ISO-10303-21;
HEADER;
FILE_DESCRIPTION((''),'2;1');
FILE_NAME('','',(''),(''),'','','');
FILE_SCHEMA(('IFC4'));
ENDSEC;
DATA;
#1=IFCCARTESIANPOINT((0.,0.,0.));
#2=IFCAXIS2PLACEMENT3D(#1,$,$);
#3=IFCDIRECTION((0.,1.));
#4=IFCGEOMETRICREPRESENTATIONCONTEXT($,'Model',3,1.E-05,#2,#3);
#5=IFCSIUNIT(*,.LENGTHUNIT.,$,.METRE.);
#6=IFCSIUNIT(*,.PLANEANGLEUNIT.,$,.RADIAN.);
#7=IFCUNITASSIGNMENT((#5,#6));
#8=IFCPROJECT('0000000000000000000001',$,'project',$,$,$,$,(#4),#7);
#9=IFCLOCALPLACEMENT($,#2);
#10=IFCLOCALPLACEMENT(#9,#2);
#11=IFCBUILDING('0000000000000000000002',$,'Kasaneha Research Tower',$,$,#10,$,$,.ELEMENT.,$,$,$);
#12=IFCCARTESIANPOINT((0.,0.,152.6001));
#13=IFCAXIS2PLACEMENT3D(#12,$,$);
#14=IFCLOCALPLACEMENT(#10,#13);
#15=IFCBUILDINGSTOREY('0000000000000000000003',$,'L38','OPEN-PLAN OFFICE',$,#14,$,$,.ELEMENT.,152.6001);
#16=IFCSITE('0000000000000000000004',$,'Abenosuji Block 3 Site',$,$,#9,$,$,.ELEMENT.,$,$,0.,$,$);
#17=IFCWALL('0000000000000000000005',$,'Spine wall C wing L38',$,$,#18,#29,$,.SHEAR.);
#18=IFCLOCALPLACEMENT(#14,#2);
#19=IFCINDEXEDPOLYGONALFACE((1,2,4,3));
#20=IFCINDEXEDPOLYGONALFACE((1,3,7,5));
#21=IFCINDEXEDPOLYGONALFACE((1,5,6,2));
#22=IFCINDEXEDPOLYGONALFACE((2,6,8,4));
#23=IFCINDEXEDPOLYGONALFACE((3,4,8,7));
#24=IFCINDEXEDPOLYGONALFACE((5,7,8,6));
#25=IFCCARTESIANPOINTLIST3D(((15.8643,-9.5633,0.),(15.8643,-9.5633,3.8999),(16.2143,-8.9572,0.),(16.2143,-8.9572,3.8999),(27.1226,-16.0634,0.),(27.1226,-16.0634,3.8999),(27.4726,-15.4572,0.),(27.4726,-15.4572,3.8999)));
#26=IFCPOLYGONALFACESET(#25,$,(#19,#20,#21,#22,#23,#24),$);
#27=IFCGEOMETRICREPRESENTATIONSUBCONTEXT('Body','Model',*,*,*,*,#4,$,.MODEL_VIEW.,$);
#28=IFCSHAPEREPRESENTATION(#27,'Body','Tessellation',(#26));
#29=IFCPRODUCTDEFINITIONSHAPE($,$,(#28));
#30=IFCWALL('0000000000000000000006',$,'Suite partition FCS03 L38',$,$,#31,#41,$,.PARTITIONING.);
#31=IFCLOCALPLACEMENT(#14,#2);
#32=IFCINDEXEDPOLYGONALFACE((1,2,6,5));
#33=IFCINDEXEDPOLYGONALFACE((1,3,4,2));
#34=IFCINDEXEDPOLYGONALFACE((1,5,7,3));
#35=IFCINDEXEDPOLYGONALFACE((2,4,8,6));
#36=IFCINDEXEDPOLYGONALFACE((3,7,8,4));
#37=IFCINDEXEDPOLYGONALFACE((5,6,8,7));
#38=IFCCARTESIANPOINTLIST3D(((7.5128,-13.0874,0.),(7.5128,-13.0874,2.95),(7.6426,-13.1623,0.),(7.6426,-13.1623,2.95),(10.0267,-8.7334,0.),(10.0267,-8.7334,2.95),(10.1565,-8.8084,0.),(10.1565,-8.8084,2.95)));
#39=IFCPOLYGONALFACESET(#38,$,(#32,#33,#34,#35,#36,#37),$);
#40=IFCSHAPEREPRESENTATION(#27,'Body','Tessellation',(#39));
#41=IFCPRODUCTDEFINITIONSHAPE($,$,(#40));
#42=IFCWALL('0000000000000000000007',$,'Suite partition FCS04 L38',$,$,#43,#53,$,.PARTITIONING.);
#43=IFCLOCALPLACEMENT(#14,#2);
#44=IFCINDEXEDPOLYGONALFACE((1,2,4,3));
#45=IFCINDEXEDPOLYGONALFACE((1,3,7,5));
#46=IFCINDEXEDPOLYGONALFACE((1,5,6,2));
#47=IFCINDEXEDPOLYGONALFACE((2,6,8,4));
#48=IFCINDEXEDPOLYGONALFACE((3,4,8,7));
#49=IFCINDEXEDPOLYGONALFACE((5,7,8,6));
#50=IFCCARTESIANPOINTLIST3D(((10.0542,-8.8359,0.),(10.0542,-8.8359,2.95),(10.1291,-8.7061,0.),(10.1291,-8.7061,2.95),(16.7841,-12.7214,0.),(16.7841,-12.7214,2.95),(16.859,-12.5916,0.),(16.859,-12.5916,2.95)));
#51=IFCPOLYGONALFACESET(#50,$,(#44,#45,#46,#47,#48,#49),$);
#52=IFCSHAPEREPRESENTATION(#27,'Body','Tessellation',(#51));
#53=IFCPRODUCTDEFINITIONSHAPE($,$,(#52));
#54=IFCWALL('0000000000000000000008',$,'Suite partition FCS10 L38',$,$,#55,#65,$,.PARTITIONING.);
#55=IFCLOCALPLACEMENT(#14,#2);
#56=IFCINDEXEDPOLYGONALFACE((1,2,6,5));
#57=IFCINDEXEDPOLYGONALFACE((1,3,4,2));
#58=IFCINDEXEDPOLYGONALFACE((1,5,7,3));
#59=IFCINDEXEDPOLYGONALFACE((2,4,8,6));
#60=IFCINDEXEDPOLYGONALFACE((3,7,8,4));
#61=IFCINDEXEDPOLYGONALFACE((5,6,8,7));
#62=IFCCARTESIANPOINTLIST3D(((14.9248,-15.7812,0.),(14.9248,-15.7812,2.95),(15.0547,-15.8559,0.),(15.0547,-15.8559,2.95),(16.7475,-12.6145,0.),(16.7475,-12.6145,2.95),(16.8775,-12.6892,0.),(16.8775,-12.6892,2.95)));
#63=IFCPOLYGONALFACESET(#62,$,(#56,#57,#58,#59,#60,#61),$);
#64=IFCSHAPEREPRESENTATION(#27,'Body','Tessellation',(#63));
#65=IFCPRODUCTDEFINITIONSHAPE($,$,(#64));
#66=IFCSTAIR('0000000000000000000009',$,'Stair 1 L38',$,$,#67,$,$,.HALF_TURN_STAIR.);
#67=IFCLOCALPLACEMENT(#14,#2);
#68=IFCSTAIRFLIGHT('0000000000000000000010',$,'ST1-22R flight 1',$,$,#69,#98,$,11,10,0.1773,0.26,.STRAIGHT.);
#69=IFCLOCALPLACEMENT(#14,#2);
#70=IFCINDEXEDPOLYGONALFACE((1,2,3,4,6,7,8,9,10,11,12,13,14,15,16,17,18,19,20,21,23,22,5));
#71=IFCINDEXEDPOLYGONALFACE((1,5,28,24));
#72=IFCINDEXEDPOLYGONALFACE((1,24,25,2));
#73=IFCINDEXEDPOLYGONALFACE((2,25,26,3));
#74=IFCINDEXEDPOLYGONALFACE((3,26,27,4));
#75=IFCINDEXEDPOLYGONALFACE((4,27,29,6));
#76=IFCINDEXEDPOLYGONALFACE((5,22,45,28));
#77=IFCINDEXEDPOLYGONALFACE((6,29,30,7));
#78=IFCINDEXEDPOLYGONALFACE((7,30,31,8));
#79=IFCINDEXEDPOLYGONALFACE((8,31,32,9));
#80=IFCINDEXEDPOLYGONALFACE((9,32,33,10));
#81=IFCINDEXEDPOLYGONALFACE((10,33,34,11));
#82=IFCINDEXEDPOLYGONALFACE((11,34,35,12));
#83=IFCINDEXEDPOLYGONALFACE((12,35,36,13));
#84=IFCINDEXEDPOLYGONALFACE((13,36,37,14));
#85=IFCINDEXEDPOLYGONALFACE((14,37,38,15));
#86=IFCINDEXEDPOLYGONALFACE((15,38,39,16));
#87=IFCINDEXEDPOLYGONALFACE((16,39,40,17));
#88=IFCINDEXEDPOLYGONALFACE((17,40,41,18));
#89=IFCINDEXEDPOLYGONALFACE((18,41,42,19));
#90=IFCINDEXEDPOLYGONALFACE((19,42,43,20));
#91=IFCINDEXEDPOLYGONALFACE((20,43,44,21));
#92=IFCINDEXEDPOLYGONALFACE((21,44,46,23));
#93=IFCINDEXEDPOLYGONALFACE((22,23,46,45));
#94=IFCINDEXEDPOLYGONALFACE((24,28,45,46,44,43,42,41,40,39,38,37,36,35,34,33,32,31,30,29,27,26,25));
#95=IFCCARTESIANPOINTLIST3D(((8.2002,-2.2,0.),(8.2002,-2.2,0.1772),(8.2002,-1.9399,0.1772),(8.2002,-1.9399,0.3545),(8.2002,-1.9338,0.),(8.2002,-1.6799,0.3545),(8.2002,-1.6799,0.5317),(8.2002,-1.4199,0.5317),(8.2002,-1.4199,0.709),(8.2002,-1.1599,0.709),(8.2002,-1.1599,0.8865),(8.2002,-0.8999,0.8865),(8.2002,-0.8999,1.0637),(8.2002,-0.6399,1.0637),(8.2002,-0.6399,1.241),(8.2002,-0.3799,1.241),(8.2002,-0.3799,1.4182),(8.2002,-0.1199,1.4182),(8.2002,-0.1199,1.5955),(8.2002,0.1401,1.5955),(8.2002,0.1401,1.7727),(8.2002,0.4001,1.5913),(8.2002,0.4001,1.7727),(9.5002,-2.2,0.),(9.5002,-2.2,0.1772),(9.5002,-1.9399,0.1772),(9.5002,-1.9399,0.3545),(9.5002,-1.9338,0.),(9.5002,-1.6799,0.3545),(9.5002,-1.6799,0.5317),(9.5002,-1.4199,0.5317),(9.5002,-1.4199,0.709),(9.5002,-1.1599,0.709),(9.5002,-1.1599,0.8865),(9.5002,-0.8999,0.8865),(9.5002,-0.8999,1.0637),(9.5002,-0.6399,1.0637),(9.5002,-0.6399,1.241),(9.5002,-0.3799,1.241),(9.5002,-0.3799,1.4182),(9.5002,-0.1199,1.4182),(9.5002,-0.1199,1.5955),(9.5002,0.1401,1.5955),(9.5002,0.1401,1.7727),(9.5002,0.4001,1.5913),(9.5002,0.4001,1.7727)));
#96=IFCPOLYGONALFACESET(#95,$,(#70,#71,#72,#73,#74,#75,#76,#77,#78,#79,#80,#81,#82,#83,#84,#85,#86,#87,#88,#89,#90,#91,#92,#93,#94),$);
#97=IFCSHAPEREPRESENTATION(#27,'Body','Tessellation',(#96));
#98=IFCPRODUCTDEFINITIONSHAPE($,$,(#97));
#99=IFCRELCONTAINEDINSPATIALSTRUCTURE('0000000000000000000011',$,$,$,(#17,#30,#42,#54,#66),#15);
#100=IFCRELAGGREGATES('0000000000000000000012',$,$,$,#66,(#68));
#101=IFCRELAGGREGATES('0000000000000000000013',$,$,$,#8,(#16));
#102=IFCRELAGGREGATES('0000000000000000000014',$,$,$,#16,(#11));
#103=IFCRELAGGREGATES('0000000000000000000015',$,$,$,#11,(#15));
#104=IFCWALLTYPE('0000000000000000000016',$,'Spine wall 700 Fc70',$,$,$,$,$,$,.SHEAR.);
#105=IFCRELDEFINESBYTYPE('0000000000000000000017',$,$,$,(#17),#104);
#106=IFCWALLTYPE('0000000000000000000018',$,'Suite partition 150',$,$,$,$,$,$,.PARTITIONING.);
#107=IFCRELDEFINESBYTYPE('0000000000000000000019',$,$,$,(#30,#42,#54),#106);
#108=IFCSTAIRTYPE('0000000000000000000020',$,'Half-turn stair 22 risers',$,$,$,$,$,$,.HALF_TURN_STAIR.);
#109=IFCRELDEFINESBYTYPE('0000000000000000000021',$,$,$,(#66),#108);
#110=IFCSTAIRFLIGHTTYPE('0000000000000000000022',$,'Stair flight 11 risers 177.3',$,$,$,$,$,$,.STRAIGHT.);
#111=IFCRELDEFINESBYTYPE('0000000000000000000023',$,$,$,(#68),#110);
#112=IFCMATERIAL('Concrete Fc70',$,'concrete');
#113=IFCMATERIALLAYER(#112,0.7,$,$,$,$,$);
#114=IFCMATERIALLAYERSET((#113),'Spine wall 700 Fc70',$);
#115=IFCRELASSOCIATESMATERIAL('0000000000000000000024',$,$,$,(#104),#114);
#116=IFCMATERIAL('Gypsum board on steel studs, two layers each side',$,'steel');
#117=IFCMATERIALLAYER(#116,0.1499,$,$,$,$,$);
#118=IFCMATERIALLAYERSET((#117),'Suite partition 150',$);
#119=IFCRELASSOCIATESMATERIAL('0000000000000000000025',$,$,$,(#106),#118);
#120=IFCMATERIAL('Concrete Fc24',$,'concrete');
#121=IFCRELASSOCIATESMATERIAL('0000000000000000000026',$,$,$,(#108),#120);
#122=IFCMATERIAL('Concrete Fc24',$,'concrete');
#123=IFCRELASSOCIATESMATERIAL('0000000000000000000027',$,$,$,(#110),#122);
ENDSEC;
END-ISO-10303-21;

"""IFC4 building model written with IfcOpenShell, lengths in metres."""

from ifc_helpers import new_model, si_unit, direction, frame, frame_2d, origin, place, context, subcontext, project, spatial, polyline, rectangle, outline, extrude, material, layer, layer_set, type_object, element, aggregate, save


model = new_model("IFC4")

# Units and contexts
model_context = context("Model", 3, precision=1e-05, world=origin(), true_north=direction((0.0, 1.0)))
body_context = subcontext(model_context, "Body", "Model", "MODEL_VIEW")
ifc_project = project(units=[si_unit("LENGTHUNIT", "METRE"), si_unit("PLANEANGLEUNIT", "RADIAN")], contexts=[model_context])

# Site, building, storey
site_placement = place(None, origin())
site = spatial("IfcSite", under=ifc_project, at=site_placement, Name="Abenosuji Block 3 Site", CompositionType="ELEMENT", RefElevation=0.0)
building_placement = place(site_placement, origin())
building = spatial("IfcBuilding", under=site, at=building_placement, Name="Kasaneha Research Tower", CompositionType="ELEMENT")
storey_placement = place(building_placement, frame((0.0, 0.0, 152.6001)))
storey = spatial("IfcBuildingStorey", under=building, at=storey_placement, Name="L38", Description="OPEN-PLAN OFFICE", CompositionType="ELEMENT", Elevation=152.6001)

# Shared definitions
ifc_material_1 = material(Name="Concrete Fc70", Category="concrete")
ifc_layer_1 = layer(ifc_material_1, 0.7)
ifc_layer_set_1 = layer_set([ifc_layer_1], Name="Spine wall 700 Fc70")
wall_type_1 = type_object("IfcWallType", Name="Spine wall 700 Fc70", PredefinedType="SHEAR", material=ifc_layer_set_1)

# Walls
wall_1_placement = place(storey_placement, frame((16.0393, -9.2603, 0.0), z_axis=(0.0, 0.0, 1.0), x_axis=(0.866025, -0.500001, 0.0)))
element("IfcWall", 1, at=wall_1_placement, inside=storey, type_object=wall_type_1, Name="Spine wall C wing L38", PredefinedType="SHEAR", context=body_context, shape_type="SweptSolid", body=[
    extrude(rectangle(XDim=13.0, YDim=0.7, at=frame_2d((6.5, 0.0))), origin(), (0.0, 0.0, 1.0), 3.8999),
])
ifc_material_2 = material(Name="Gypsum board on steel studs, two layers each side", Category="steel")
ifc_layer_2 = layer(ifc_material_2, 0.1499)
ifc_layer_set_2 = layer_set([ifc_layer_2], Name="Suite partition 150")
wall_type_2 = type_object("IfcWallType", Name="Suite partition 150", PredefinedType="PARTITIONING", material=ifc_layer_set_2)
wall_2_placement = place(storey_placement, frame((10.0916, -8.771, 0.0), z_axis=(0.0, 0.0, 1.0), x_axis=(-0.500019, -0.866014, 0.0)))
element("IfcWall", 2, at=wall_2_placement, inside=storey, type_object=wall_type_2, Name="Suite partition FCS03 L38", PredefinedType="PARTITIONING", context=body_context, shape_type="SweptSolid", body=[
    extrude(rectangle(XDim=5.0276, YDim=0.1499, at=frame_2d((2.5137, 0.0))), origin(), (0.0, 0.0, 1.0), 2.95),
])
wall_3_placement = place(storey_placement, frame((16.8215, -12.6565, 0.0), z_axis=(0.0, 0.0, 1.0), x_axis=(-0.866029, 0.499994, 0.0)))
element("IfcWall", 3, at=wall_3_placement, inside=storey, type_object=wall_type_2, Name="Suite partition FCS04 L38", PredefinedType="PARTITIONING", context=body_context, shape_type="SweptSolid", body=[
    extrude(rectangle(XDim=7.771, YDim=0.1499, at=frame_2d((3.8855, 0.0))), origin(), (0.0, 0.0, 1.0), 2.95),
])
wall_4_placement = place(storey_placement, frame((16.8125, -12.6519, 0.0), z_axis=(0.0, 0.0, 1.0), x_axis=(-0.498856, -0.866685, 0.0)))
element("IfcWall", 4, at=wall_4_placement, inside=storey, type_object=wall_type_2, Name="Suite partition FCS10 L38", PredefinedType="PARTITIONING", context=body_context, shape_type="SweptSolid", body=[
    extrude(rectangle(XDim=3.6538, YDim=0.1499, at=frame_2d((1.8269, 0.0))), origin(), (0.0, 0.0, 1.0), 2.95),
])

# Stair, stair flight
ifc_material_3 = material(Name="Concrete Fc24", Category="concrete")
stair_type = type_object("IfcStairType", Name="Half-turn stair 22 risers", PredefinedType="HALF_TURN_STAIR", material=ifc_material_3)
stair_placement = place(storey_placement, origin())
stair = element("IfcStair", 5, at=stair_placement, inside=storey, type_object=stair_type, Name="Stair 1 L38", PredefinedType="HALF_TURN_STAIR")
ifc_material_4 = material(Name="Concrete Fc24", Category="concrete")
stair_flight_type = type_object("IfcStairFlightType", Name="Stair flight 11 risers 177.3", PredefinedType="STRAIGHT", material=ifc_material_4)
stair_flight_placement = place(storey_placement, frame((8.8501, -2.2, 0.0), z_axis=(0.0, 0.0, 1.0), x_axis=(0.0, 1.0, 0.0)))
stair_flight = element("IfcStairFlight", 6, at=stair_flight_placement, type_object=stair_flight_type, Name="ST1-22R flight 1", NumberOfRisers=11, NumberOfTreads=10, PredefinedType="STRAIGHT", RiserHeight=0.1773, TreadLength=0.26, context=body_context, shape_type="SweptSolid", body=[
    extrude(outline(polyline([(0.0, 0.0), (0.0, 0.1772), (0.26, 0.1772), (0.26, 0.3545), (0.52, 0.3545), (0.52, 0.5317), (0.78, 0.5317), (0.78, 0.709), (1.04, 0.709), (1.04, 0.8865), (1.3, 0.8865), (1.3, 1.0637), (1.5601, 1.0637), (1.5601, 1.241), (1.8201, 1.241), (1.8201, 1.4182), (2.0801, 1.4182), (2.0801, 1.5955), (2.3401, 1.5955), (2.3401, 1.7727), (2.6001, 1.7727), (2.6001, 1.95), (2.6001, 1.5913), (0.2661, 0.0), (0.0, 0.0)])), frame((0.0, 0.6499, 0.0), z_axis=(0.0, -1.0, 0.0), x_axis=(1.0, 0.0, 0.0)), (0.0, 0.0, 1.0), 1.3),
])
aggregate(stair, [stair_flight])

save(model, "model.ifc")
